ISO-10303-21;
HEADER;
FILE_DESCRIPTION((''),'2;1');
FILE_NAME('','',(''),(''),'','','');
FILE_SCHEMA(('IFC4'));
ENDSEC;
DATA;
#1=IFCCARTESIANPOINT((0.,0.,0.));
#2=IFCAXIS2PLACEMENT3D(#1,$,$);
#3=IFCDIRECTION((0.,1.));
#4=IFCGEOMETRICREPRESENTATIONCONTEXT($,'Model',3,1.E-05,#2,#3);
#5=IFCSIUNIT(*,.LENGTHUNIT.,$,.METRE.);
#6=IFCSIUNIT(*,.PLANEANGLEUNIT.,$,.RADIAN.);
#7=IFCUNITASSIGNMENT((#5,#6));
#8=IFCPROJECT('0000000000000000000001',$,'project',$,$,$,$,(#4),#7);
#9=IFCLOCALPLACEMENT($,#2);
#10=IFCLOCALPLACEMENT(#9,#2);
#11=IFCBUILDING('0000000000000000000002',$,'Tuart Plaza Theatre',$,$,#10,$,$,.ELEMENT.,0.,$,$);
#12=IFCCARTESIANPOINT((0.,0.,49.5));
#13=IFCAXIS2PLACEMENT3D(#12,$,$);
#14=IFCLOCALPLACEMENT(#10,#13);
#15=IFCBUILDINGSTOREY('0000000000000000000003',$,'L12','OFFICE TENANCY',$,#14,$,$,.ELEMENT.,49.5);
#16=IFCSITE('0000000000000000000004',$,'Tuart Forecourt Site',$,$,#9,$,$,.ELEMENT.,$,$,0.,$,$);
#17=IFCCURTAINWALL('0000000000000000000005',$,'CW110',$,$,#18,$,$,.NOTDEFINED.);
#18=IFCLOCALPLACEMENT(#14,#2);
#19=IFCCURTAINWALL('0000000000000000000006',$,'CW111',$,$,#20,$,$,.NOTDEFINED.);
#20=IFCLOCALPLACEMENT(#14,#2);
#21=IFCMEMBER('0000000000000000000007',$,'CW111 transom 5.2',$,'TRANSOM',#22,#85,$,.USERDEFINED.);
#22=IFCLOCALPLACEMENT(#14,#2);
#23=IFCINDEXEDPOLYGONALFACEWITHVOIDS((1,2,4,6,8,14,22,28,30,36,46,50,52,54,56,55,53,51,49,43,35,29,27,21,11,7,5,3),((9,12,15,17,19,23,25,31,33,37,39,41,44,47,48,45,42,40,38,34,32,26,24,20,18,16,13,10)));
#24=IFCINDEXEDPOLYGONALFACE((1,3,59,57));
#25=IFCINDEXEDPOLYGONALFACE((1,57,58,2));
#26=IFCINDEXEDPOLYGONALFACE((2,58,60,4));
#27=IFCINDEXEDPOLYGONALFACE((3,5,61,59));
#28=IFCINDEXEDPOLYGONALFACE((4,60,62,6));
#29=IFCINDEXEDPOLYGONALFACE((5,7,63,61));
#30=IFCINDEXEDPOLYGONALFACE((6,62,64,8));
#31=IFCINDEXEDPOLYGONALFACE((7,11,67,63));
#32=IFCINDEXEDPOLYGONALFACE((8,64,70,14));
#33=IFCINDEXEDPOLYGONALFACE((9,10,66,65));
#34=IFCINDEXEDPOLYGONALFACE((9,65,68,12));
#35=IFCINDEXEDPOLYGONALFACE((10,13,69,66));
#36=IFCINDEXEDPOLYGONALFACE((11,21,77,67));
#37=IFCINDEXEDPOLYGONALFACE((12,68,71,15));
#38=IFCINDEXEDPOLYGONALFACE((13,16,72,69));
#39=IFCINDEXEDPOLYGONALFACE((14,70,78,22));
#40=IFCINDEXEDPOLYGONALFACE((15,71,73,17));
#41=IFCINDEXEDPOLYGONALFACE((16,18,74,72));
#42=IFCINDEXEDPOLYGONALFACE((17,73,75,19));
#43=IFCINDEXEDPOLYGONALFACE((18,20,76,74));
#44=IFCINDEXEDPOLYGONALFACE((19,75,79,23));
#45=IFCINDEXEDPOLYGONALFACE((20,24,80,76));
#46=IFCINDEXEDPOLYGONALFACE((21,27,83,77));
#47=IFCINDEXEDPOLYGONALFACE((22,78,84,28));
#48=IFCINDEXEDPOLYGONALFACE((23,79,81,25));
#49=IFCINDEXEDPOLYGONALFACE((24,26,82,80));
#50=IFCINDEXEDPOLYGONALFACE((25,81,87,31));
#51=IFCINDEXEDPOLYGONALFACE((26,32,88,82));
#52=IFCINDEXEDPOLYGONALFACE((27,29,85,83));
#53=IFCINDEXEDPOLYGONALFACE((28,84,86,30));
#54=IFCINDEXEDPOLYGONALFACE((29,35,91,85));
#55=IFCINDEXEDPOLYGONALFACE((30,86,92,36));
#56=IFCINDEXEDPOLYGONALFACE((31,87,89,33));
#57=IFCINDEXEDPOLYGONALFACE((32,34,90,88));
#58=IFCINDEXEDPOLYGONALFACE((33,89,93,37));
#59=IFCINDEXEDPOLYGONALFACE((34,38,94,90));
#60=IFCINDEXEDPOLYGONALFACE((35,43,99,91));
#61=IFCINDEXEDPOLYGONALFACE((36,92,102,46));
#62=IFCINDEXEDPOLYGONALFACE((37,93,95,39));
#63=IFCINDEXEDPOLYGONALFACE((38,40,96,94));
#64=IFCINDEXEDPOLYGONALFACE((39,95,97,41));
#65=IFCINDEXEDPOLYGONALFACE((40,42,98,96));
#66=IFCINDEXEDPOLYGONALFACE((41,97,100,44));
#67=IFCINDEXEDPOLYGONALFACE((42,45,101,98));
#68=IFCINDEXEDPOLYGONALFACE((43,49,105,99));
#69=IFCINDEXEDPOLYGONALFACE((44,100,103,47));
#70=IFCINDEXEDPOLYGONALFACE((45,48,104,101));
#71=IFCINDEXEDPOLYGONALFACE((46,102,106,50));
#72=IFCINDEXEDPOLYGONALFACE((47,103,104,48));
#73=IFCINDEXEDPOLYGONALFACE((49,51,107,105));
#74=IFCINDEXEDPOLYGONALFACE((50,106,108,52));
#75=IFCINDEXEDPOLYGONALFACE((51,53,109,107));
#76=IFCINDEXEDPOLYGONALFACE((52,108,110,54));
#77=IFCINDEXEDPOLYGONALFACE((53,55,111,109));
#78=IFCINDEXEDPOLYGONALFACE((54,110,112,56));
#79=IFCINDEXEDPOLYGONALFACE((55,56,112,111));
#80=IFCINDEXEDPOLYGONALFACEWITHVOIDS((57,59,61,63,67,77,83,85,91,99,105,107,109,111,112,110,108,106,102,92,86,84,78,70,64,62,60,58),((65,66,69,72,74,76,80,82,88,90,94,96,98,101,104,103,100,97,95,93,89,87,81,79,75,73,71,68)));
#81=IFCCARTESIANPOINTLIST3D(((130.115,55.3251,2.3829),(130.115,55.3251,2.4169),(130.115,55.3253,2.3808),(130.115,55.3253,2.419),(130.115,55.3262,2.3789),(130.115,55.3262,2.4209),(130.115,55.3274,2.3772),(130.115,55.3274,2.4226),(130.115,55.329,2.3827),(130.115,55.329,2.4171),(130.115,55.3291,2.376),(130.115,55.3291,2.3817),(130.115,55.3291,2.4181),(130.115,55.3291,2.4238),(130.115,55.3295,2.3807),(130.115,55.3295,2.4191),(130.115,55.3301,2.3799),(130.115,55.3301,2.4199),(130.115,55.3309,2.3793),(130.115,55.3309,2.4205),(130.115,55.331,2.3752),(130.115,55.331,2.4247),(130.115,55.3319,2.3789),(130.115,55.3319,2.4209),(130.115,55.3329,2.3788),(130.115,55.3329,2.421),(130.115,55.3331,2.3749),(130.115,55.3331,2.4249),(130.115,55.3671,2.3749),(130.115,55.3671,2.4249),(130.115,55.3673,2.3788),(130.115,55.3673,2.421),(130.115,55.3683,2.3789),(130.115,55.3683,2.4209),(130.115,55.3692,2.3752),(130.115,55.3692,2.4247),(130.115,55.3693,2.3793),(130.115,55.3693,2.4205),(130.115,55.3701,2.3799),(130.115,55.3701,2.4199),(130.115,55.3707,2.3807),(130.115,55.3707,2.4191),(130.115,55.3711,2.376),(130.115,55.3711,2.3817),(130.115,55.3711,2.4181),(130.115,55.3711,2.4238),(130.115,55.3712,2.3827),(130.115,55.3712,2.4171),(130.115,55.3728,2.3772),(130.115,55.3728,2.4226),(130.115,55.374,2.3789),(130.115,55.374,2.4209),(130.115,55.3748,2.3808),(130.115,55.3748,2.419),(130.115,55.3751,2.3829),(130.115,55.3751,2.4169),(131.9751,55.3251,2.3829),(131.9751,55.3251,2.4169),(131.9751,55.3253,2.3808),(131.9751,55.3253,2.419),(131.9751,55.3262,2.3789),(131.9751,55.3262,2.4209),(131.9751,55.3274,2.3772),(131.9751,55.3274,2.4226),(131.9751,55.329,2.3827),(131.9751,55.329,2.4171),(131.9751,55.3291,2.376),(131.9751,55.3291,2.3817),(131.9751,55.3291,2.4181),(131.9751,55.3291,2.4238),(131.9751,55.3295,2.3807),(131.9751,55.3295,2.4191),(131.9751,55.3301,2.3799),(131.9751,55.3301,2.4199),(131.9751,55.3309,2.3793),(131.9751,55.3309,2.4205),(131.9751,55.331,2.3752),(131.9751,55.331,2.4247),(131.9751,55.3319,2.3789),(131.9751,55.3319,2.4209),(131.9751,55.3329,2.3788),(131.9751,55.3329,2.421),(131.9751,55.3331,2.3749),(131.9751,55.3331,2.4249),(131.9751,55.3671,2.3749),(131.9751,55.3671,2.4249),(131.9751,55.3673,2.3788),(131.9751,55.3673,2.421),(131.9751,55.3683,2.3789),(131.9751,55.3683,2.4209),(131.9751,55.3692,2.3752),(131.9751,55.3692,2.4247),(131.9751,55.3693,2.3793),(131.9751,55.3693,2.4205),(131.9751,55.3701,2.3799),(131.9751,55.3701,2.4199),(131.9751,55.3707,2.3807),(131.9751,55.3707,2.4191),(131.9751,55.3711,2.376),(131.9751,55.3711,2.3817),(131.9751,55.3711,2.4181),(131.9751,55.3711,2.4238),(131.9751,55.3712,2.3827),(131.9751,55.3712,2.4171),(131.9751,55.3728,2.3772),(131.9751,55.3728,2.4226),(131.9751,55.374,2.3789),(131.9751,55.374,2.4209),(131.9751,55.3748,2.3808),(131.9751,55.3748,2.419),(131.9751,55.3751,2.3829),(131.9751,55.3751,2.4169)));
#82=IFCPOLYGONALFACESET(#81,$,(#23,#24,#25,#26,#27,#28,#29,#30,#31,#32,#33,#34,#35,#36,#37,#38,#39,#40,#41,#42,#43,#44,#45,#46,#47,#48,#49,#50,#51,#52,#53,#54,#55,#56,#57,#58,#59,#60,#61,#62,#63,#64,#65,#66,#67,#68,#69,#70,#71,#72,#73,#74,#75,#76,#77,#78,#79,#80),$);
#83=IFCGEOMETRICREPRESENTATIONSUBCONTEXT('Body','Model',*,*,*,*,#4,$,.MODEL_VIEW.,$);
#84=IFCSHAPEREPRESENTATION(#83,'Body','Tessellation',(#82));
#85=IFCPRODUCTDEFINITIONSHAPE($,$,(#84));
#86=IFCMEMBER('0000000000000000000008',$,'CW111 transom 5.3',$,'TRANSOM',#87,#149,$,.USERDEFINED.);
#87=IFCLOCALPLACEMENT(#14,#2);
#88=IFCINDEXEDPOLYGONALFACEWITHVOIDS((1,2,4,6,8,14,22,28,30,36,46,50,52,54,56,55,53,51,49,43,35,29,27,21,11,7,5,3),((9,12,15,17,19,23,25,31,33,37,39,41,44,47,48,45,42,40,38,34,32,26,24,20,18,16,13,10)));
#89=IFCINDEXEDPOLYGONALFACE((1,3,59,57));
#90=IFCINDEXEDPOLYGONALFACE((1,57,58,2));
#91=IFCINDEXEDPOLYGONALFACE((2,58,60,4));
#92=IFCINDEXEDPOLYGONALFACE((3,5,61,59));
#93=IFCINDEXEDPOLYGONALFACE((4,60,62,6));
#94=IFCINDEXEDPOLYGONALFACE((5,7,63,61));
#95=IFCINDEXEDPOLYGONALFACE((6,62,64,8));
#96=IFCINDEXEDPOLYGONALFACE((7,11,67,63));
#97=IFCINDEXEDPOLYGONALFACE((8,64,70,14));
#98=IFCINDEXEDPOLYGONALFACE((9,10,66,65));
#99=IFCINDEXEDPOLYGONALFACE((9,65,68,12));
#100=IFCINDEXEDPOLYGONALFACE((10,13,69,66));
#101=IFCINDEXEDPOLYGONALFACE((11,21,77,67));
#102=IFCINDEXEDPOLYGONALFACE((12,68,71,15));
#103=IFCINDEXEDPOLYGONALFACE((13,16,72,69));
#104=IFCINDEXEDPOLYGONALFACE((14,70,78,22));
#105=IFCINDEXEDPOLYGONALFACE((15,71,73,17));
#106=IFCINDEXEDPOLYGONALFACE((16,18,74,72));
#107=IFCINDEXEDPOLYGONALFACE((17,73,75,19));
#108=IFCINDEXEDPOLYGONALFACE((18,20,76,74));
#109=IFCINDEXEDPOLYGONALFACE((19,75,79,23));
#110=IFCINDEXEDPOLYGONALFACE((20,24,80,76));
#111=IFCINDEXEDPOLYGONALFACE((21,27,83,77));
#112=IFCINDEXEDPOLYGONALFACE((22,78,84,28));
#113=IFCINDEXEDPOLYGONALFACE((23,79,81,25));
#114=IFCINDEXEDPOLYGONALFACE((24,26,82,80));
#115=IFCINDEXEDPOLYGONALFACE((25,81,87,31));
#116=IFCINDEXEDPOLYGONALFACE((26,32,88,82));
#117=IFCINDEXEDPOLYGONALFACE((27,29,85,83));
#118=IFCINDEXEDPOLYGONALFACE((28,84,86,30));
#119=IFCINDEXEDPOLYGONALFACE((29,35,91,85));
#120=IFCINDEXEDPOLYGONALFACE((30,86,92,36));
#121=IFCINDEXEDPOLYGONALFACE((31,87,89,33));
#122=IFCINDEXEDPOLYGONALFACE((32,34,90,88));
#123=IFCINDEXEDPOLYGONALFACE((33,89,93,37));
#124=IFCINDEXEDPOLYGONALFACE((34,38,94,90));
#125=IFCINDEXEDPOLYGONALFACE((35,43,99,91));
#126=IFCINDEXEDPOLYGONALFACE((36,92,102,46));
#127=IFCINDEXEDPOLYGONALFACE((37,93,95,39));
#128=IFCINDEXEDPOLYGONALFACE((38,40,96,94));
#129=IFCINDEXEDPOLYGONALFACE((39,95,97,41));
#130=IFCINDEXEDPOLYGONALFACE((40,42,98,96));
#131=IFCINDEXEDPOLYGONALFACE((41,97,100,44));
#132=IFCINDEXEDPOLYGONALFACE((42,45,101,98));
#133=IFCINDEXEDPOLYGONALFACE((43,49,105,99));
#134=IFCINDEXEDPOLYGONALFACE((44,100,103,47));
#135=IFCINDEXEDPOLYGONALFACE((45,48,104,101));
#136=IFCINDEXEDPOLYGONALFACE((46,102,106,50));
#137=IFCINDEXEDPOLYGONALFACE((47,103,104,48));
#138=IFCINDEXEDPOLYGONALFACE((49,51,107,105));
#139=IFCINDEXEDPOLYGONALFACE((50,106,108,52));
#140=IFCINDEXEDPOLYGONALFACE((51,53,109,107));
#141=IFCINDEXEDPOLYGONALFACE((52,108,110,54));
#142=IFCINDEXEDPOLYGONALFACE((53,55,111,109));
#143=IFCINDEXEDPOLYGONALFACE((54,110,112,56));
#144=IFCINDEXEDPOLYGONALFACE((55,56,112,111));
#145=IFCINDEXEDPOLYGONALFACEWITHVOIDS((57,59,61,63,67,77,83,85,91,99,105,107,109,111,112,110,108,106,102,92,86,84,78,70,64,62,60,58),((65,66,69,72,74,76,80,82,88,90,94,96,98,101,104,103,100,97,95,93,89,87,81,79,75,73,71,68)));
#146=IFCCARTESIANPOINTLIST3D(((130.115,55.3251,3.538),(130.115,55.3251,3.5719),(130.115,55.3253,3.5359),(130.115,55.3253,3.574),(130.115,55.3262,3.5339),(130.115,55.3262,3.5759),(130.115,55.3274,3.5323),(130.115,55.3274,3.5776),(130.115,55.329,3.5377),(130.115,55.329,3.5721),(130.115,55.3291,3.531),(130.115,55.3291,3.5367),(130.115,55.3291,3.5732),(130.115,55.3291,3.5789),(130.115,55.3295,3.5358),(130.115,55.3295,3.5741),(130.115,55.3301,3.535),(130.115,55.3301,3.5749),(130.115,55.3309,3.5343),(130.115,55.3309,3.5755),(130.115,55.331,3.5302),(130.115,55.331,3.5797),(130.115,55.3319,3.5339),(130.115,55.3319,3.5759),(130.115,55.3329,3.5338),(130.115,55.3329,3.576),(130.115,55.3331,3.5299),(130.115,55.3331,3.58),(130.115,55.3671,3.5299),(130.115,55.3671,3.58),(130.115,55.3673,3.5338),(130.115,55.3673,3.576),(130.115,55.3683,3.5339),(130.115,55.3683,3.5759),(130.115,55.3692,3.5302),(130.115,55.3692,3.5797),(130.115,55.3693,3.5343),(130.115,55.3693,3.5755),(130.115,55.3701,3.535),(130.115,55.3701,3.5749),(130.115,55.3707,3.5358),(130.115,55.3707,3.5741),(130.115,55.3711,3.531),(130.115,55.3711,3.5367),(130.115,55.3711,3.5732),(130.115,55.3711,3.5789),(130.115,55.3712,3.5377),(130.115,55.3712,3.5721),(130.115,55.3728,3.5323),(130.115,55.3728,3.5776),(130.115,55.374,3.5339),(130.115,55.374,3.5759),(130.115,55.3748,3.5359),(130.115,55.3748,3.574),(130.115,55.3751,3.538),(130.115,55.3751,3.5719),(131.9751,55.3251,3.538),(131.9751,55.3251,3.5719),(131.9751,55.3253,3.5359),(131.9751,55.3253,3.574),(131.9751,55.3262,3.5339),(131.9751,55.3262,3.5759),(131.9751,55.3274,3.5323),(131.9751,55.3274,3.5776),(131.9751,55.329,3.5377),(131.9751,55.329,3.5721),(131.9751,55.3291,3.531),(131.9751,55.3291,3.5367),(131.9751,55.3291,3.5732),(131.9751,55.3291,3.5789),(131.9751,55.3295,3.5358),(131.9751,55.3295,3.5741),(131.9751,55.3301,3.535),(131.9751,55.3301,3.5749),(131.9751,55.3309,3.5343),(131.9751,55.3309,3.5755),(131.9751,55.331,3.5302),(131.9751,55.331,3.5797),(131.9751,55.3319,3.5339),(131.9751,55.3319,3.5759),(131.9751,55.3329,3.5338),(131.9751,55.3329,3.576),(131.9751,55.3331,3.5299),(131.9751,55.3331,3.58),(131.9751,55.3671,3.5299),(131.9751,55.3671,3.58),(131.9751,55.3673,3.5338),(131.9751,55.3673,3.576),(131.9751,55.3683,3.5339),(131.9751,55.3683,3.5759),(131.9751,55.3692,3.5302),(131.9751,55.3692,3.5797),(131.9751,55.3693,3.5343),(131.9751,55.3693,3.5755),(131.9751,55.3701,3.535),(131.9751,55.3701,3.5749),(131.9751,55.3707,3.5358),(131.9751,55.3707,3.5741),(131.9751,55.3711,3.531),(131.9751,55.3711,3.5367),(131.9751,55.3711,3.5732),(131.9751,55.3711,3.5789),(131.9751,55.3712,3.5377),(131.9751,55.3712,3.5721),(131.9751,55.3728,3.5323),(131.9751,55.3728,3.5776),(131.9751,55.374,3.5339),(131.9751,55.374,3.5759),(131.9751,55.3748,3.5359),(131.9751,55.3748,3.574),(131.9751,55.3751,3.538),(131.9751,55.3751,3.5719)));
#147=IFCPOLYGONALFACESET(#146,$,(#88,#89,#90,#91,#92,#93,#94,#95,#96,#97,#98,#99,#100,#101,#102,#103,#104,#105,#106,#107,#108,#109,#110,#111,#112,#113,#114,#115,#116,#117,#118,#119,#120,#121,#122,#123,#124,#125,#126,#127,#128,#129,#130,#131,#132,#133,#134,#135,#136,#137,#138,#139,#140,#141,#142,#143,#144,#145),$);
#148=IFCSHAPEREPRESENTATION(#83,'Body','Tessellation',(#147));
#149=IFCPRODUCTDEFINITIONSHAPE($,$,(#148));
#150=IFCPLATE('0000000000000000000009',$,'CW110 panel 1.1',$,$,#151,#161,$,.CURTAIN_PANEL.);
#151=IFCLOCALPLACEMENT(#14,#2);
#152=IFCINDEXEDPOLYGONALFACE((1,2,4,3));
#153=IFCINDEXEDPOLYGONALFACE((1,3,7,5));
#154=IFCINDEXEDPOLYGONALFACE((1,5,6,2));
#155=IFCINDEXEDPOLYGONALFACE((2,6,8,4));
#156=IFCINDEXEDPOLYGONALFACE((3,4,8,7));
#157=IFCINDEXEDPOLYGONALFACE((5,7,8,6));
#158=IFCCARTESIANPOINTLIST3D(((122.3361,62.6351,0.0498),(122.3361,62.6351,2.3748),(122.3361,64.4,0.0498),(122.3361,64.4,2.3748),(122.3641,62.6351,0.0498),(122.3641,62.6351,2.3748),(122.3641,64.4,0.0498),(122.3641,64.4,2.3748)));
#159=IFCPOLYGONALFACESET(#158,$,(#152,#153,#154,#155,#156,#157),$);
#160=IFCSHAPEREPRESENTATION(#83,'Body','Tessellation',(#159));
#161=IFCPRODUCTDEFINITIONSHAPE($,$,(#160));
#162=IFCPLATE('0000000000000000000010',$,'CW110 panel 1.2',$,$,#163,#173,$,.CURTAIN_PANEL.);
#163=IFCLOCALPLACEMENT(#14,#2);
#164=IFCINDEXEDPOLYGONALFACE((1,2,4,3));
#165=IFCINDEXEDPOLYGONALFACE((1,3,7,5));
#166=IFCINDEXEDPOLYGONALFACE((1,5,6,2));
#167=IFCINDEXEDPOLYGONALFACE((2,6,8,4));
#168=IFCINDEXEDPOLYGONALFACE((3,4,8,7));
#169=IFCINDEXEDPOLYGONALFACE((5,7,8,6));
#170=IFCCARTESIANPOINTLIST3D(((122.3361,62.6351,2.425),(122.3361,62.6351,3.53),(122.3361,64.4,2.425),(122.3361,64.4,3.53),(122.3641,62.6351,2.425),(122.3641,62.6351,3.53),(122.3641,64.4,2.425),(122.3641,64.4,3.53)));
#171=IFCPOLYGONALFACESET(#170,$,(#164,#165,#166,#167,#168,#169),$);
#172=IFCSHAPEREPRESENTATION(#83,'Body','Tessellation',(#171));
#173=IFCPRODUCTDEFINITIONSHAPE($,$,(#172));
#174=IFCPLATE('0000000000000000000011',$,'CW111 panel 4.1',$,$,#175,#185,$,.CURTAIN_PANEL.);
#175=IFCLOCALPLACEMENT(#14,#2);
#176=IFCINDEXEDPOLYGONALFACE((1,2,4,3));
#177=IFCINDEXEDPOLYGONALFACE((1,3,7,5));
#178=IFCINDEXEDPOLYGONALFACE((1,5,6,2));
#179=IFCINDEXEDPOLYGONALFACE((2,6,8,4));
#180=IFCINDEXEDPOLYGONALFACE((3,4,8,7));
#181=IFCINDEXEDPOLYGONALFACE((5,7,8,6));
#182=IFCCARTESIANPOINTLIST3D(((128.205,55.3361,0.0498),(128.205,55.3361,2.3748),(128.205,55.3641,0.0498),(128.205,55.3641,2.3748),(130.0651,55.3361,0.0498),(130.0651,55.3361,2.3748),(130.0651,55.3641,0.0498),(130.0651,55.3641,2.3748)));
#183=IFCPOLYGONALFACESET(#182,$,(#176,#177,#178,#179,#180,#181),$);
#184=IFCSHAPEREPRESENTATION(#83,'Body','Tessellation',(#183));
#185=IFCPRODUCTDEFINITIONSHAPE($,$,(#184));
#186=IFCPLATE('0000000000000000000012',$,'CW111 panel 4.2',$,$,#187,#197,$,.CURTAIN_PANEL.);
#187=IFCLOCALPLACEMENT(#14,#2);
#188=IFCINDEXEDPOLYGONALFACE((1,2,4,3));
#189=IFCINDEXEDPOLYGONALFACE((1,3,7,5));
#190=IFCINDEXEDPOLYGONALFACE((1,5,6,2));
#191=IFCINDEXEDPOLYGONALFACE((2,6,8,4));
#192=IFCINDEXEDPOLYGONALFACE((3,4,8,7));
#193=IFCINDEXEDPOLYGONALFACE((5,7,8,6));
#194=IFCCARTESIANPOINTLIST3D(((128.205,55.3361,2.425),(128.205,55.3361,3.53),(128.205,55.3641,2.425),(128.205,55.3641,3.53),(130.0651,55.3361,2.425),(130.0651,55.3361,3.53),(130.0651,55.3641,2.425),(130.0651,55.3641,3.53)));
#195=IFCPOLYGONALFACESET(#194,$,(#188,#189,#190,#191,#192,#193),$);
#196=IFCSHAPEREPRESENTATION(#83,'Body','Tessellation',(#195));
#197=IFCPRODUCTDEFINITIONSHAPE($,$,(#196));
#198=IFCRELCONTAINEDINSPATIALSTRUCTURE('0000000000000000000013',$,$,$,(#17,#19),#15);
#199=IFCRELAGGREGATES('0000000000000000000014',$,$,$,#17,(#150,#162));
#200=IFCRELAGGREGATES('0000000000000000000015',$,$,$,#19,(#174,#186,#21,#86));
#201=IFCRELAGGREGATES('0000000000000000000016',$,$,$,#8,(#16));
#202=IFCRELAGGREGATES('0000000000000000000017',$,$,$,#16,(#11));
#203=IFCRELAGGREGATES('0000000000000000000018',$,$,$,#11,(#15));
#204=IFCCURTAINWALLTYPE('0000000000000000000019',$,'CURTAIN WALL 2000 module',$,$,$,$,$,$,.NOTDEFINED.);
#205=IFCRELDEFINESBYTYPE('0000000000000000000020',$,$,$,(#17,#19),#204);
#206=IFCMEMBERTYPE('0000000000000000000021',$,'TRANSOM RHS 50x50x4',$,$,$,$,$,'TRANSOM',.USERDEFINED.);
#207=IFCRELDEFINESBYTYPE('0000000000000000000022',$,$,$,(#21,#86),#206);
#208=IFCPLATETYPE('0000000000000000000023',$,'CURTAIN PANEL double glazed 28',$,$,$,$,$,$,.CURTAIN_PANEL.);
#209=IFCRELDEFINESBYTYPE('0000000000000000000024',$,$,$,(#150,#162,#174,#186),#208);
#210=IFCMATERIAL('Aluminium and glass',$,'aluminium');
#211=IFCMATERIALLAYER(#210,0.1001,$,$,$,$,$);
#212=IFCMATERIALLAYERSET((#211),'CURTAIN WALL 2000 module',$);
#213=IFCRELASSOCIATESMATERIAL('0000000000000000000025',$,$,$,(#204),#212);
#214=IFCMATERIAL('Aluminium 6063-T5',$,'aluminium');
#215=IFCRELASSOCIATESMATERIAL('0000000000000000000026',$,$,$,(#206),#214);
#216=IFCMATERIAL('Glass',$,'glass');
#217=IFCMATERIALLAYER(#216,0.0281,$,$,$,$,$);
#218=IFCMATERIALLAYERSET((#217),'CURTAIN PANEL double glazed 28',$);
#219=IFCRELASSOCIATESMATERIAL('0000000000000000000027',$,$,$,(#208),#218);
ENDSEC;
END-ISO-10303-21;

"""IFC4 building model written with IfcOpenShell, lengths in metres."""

from ifc_helpers import new_model, si_unit, direction, frame, origin, origin_2d, place, context, subcontext, project, spatial, rectangle, hollow_rectangle, extrude, material, layer, layer_set, material_profile, profile_set, type_object, element, aggregate, save


model = new_model("IFC4")

# Units and contexts
model_context = context("Model", 3, precision=1e-05, world=origin(), true_north=direction((0.0, 1.0)))
body_context = subcontext(model_context, "Body", "Model", "MODEL_VIEW")
ifc_project = project(units=[si_unit("LENGTHUNIT", "METRE"), si_unit("PLANEANGLEUNIT", "RADIAN")], contexts=[model_context])

# Site, building, storey
site_placement = place(None, origin())
site = spatial("IfcSite", under=ifc_project, at=site_placement, Name="Tuart Forecourt Site", CompositionType="ELEMENT", RefElevation=0.0)
building_placement = place(site_placement, origin())
building = spatial("IfcBuilding", under=site, at=building_placement, Name="Tuart Plaza Theatre", CompositionType="ELEMENT", ElevationOfRefHeight=0.0)
storey_placement = place(building_placement, frame((0.0, 0.0, 49.5)))
storey = spatial("IfcBuildingStorey", under=building, at=storey_placement, Name="L12", Description="OFFICE TENANCY", CompositionType="ELEMENT", Elevation=49.5)

# Curtain wall
ifc_material_1 = material(Name="Aluminium and glass", Category="aluminium")
ifc_layer_1 = layer(ifc_material_1, 0.1001)
ifc_layer_set_1 = layer_set([ifc_layer_1], Name="CURTAIN WALL 2000 module")
curtain_wall_type = type_object("IfcCurtainWallType", Name="CURTAIN WALL 2000 module", PredefinedType="NOTDEFINED", material=ifc_layer_set_1)
curtain_wall_1_placement = place(storey_placement, origin())
curtain_wall_1 = element("IfcCurtainWall", 1, at=curtain_wall_1_placement, inside=storey, type_object=curtain_wall_type, Name="CW110", PredefinedType="NOTDEFINED")

# Curtain wall
curtain_wall_2_placement = place(storey_placement, origin())
curtain_wall_2 = element("IfcCurtainWall", 2, at=curtain_wall_2_placement, inside=storey, type_object=curtain_wall_type, Name="CW111", PredefinedType="NOTDEFINED")

# Members
ifc_material_2 = material(Name="Aluminium 6063-T5", Category="aluminium")
ifc_material_profile_1 = material_profile(ifc_material_2, hollow_rectangle(XDim=0.05, YDim=0.05, WallThickness=0.0039, InnerFilletRadius=0.0039, OuterFilletRadius=0.0081, at=origin_2d()), Name="RHS 50x50x4")
ifc_profile_set_1 = profile_set([ifc_material_profile_1], Name="Aluminium 6063-T5")
member_type_1 = type_object("IfcMemberType", Name="TRANSOM RHS 50x50x4", ElementType="TRANSOM", PredefinedType="USERDEFINED", material=ifc_profile_set_1)
member_1_placement = place(storey_placement, frame((130.115, 55.3501, 2.3999), z_axis=(1.0, 0.0, 0.0), x_axis=(0.0, 1.0, 0.0)))
member_1 = element("IfcMember", 3, at=member_1_placement, type_object=member_type_1, Name="CW111 transom 5.2", ObjectType="TRANSOM", PredefinedType="USERDEFINED", context=body_context, shape_type="SweptSolid", body=[
    extrude(hollow_rectangle(XDim=0.05, YDim=0.05, WallThickness=0.0039, InnerFilletRadius=0.0039, OuterFilletRadius=0.0081, at=origin_2d()), origin(), (0.0, 0.0, 1.0), 1.8601),
])
member_2_placement = place(storey_placement, frame((130.115, 55.3501, 3.5549), z_axis=(1.0, 0.0, 0.0), x_axis=(0.0, 1.0, 0.0)))
member_2 = element("IfcMember", 4, at=member_2_placement, type_object=member_type_1, Name="CW111 transom 5.3", ObjectType="TRANSOM", PredefinedType="USERDEFINED", context=body_context, shape_type="SweptSolid", body=[
    extrude(hollow_rectangle(XDim=0.05, YDim=0.05, WallThickness=0.0039, InnerFilletRadius=0.0039, OuterFilletRadius=0.0081, at=origin_2d()), origin(), (0.0, 0.0, 1.0), 1.8601),
])

# Plates
ifc_material_3 = material(Name="Glass", Category="glass")
ifc_layer_2 = layer(ifc_material_3, 0.0281)
ifc_layer_set_2 = layer_set([ifc_layer_2], Name="CURTAIN PANEL double glazed 28")
plate_type = type_object("IfcPlateType", Name="CURTAIN PANEL double glazed 28", PredefinedType="CURTAIN_PANEL", material=ifc_layer_set_2)
plate_1_placement = place(storey_placement, frame((122.3501, 63.5176, 0.0498), z_axis=(0.0, 0.0, 1.0), x_axis=(0.0, -1.0, 0.0)))
plate_1 = element("IfcPlate", 5, at=plate_1_placement, type_object=plate_type, Name="CW110 panel 1.1", PredefinedType="CURTAIN_PANEL", context=body_context, shape_type="SweptSolid", body=[
    extrude(rectangle(XDim=1.7649, YDim=0.0281, at=origin_2d()), origin(), (0.0, 0.0, 1.0), 2.325),
])
plate_2_placement = place(storey_placement, frame((122.3501, 63.5176, 2.425), z_axis=(0.0, 0.0, 1.0), x_axis=(0.0, -1.0, 0.0)))
plate_2 = element("IfcPlate", 6, at=plate_2_placement, type_object=plate_type, Name="CW110 panel 1.2", PredefinedType="CURTAIN_PANEL", context=body_context, shape_type="SweptSolid", body=[
    extrude(rectangle(XDim=1.7649, YDim=0.0281, at=origin_2d()), origin(), (0.0, 0.0, 1.0), 1.105),
])
aggregate(curtain_wall_1, [plate_1, plate_2])
plate_3_placement = place(storey_placement, frame((129.135, 55.3501, 0.0498), z_axis=(0.0, 0.0, 1.0), x_axis=(1.0, 0.0, 0.0)))
plate_3 = element("IfcPlate", 7, at=plate_3_placement, type_object=plate_type, Name="CW111 panel 4.1", PredefinedType="CURTAIN_PANEL", context=body_context, shape_type="SweptSolid", body=[
    extrude(rectangle(XDim=1.8601, YDim=0.0281, at=origin_2d()), origin(), (0.0, 0.0, 1.0), 2.325),
])
plate_4_placement = place(storey_placement, frame((129.135, 55.3501, 2.425), z_axis=(0.0, 0.0, 1.0), x_axis=(1.0, 0.0, 0.0)))
plate_4 = element("IfcPlate", 8, at=plate_4_placement, type_object=plate_type, Name="CW111 panel 4.2", PredefinedType="CURTAIN_PANEL", context=body_context, shape_type="SweptSolid", body=[
    extrude(rectangle(XDim=1.8601, YDim=0.0281, at=origin_2d()), origin(), (0.0, 0.0, 1.0), 1.105),
])
aggregate(curtain_wall_2, [plate_3, plate_4, member_1, member_2])

save(model, "model.ifc")
